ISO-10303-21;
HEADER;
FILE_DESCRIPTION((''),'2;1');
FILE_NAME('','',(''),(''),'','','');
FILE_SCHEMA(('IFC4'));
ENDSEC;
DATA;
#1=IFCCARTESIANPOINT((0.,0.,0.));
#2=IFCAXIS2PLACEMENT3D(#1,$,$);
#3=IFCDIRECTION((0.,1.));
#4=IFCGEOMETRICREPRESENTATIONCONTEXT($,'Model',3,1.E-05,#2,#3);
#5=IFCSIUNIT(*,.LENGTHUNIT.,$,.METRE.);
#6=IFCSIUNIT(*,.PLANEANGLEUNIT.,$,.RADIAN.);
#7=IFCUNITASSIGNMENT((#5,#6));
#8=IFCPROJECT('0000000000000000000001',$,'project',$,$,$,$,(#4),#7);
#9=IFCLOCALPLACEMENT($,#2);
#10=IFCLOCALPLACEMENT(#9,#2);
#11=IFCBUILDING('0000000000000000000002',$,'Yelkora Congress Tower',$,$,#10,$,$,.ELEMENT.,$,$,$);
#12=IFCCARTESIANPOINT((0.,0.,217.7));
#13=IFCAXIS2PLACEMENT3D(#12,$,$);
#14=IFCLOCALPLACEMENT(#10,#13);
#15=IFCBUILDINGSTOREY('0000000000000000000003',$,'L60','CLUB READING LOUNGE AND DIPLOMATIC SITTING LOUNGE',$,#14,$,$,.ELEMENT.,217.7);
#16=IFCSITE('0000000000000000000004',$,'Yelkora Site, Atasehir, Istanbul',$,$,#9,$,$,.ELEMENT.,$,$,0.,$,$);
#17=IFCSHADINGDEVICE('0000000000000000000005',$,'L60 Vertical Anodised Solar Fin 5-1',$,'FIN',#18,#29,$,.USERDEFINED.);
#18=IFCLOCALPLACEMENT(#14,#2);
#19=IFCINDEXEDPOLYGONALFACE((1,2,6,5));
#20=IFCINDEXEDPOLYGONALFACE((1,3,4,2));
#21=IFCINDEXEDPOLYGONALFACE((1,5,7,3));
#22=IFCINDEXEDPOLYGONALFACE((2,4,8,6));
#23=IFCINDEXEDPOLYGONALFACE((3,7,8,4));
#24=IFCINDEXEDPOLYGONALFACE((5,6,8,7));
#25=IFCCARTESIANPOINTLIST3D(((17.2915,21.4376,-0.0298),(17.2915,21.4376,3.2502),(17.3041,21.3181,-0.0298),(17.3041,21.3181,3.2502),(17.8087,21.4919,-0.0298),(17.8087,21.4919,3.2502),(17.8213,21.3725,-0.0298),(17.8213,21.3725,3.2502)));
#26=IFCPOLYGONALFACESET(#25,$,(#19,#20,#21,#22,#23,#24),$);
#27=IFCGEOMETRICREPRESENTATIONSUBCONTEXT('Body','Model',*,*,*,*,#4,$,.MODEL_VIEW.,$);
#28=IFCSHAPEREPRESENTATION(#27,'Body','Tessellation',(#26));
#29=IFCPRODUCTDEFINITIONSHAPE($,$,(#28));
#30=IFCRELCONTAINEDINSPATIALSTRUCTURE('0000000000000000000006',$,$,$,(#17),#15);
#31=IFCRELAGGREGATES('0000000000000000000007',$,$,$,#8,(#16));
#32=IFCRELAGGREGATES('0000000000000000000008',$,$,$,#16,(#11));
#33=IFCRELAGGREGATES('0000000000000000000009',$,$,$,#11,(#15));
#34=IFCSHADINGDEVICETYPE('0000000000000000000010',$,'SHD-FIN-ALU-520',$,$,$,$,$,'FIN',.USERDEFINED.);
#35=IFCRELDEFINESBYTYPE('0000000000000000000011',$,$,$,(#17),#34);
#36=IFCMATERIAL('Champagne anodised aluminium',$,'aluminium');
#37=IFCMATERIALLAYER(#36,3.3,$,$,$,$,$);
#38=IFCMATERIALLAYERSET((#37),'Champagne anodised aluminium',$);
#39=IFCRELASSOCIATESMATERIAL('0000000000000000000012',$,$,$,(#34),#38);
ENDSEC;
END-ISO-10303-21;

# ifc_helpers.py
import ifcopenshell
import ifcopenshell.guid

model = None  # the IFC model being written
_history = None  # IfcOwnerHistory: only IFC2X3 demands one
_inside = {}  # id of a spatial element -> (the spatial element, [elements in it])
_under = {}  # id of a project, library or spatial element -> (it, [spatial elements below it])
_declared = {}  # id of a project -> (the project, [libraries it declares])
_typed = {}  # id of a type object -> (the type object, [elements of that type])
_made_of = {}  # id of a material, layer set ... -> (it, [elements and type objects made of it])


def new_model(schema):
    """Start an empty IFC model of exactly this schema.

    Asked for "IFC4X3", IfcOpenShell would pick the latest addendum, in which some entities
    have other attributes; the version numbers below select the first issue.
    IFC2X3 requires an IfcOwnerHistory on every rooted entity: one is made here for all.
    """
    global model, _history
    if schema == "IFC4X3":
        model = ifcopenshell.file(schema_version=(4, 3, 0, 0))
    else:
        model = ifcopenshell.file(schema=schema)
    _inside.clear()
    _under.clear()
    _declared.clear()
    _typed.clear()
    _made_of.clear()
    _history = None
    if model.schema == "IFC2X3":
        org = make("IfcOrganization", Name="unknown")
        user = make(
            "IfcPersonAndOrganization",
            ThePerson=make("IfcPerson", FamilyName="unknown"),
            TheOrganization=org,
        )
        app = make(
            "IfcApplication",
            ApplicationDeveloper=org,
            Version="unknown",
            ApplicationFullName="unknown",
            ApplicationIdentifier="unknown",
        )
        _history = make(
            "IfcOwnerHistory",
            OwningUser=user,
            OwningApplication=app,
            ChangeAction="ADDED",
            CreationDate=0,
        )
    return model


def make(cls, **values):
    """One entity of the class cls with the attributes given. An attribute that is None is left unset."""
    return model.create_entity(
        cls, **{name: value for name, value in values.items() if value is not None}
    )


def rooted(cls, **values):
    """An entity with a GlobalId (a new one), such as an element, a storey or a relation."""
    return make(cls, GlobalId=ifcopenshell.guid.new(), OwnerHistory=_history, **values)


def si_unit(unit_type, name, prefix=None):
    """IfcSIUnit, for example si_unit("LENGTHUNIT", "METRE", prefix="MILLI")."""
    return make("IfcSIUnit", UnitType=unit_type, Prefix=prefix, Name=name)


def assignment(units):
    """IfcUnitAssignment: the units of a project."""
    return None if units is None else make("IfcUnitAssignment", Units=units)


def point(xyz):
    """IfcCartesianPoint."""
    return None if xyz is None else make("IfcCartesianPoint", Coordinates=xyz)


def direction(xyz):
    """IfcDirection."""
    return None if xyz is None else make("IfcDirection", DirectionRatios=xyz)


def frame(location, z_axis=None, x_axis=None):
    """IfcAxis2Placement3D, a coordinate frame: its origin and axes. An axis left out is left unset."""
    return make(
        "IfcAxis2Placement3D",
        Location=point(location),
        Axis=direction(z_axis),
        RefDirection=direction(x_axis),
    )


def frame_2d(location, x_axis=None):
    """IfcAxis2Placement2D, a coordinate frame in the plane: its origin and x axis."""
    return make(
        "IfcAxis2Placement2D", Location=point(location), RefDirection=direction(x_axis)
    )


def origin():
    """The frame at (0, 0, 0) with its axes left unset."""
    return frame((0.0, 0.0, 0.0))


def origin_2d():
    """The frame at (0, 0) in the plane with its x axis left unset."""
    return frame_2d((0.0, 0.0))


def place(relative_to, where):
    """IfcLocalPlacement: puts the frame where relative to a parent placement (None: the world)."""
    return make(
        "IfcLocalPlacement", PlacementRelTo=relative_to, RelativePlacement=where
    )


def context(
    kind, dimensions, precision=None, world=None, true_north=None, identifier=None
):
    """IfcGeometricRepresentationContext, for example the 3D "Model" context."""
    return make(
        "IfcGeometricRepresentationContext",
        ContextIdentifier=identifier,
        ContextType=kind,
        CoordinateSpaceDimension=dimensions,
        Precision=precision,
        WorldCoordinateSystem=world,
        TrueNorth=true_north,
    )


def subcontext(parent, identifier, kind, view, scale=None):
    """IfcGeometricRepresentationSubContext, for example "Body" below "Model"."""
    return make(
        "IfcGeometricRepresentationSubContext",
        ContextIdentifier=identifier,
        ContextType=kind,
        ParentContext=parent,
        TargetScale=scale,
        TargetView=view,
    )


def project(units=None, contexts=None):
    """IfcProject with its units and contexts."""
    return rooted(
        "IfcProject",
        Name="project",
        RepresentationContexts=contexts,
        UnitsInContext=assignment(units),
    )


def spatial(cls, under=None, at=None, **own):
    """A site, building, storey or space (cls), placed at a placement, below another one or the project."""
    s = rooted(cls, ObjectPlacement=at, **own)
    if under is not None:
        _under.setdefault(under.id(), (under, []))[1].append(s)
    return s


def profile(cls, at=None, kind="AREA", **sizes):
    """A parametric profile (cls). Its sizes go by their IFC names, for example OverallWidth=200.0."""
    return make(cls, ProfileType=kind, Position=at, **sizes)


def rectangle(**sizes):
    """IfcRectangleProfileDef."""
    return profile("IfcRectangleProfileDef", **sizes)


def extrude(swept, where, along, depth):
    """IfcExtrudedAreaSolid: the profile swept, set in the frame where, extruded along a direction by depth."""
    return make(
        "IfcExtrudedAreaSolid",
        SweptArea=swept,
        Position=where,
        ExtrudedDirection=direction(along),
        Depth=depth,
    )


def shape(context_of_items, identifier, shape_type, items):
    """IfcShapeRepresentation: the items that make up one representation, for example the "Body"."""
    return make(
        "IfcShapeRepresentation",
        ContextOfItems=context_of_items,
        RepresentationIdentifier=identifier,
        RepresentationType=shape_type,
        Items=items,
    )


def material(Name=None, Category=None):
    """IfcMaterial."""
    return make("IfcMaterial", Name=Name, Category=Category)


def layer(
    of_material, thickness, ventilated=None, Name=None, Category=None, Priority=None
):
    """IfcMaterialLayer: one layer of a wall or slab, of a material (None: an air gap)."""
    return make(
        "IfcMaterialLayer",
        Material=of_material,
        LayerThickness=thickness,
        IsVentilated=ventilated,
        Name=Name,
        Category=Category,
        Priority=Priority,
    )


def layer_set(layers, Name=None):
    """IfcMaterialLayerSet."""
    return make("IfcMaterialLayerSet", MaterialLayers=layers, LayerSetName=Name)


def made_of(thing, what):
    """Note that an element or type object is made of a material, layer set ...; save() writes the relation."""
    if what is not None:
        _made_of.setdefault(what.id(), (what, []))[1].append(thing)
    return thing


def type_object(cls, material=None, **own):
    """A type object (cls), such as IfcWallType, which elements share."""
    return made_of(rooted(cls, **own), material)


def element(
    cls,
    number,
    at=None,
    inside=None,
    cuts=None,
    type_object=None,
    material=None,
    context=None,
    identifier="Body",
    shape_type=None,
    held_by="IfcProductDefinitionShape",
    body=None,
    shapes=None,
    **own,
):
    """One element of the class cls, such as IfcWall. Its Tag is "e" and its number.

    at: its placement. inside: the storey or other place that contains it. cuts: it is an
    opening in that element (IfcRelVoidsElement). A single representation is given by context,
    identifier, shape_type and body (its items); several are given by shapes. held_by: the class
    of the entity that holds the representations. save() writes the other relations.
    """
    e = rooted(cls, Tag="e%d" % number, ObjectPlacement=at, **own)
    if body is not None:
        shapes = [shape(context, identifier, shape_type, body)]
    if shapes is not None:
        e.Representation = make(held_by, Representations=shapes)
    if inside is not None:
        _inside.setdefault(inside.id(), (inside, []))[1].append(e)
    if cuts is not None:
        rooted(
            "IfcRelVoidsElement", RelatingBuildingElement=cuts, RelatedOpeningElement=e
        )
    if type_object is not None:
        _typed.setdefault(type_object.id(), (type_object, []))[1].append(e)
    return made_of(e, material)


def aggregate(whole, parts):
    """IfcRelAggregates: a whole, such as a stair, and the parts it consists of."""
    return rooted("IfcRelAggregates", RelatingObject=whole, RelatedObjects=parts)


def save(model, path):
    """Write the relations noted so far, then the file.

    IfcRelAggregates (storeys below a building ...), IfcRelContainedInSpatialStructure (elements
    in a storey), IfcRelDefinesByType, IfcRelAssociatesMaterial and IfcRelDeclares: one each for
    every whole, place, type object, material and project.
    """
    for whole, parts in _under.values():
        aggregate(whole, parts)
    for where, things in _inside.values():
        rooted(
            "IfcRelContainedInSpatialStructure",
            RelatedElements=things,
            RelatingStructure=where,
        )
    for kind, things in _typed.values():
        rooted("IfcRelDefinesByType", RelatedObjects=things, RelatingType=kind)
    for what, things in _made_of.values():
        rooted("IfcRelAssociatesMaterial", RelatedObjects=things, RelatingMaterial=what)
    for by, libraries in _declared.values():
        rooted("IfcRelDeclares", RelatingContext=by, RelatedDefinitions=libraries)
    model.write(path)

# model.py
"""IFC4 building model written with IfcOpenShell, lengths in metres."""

from ifc_helpers import new_model, si_unit, direction, frame, origin, origin_2d, place, context, subcontext, project, spatial, rectangle, extrude, material, layer, layer_set, type_object, element, save


model = new_model("IFC4")

# Units and contexts
model_context = context("Model", 3, precision=1e-05, world=origin(), true_north=direction((0.0, 1.0)))
body_context = subcontext(model_context, "Body", "Model", "MODEL_VIEW")
ifc_project = project(units=[si_unit("LENGTHUNIT", "METRE"), si_unit("PLANEANGLEUNIT", "RADIAN")], contexts=[model_context])

# Site, building, storey
site_placement = place(None, origin())
site = spatial("IfcSite", under=ifc_project, at=site_placement, Name="Yelkora Site, Atasehir, Istanbul", CompositionType="ELEMENT", RefElevation=0.0)
building_placement = place(site_placement, origin())
building = spatial("IfcBuilding", under=site, at=building_placement, Name="Yelkora Congress Tower", CompositionType="ELEMENT")
storey_placement = place(building_placement, frame((0.0, 0.0, 217.7)))
storey = spatial("IfcBuildingStorey", under=building, at=storey_placement, Name="L60", Description="CLUB READING LOUNGE AND DIPLOMATIC SITTING LOUNGE", CompositionType="ELEMENT", Elevation=217.7)

# Shading device
ifc_material_1 = material(Name="Champagne anodised aluminium", Category="aluminium")
ifc_layer_1 = layer(ifc_material_1, 3.3)
ifc_layer_set_1 = layer_set([ifc_layer_1], Name="Champagne anodised aluminium")
shading_device_type = type_object("IfcShadingDeviceType", Name="SHD-FIN-ALU-520", ElementType="FIN", PredefinedType="USERDEFINED", material=ifc_layer_set_1)
shading_device_placement = place(storey_placement, frame((17.5564, 21.405, -0.0298), z_axis=(0.0, 0.0, 1.0), x_axis=(-0.104528, 0.994522, 0.0)))
element("IfcShadingDevice", 1, at=shading_device_placement, inside=storey, type_object=shading_device_type, Name="L60 Vertical Anodised Solar Fin 5-1", ObjectType="FIN", PredefinedType="USERDEFINED", context=body_context, shape_type="SweptSolid", body=[
    extrude(rectangle(XDim=0.1201, YDim=0.52, at=origin_2d()), origin(), (0.0, 0.0, 1.0), 3.28),
])

save(model, "model.ifc")
